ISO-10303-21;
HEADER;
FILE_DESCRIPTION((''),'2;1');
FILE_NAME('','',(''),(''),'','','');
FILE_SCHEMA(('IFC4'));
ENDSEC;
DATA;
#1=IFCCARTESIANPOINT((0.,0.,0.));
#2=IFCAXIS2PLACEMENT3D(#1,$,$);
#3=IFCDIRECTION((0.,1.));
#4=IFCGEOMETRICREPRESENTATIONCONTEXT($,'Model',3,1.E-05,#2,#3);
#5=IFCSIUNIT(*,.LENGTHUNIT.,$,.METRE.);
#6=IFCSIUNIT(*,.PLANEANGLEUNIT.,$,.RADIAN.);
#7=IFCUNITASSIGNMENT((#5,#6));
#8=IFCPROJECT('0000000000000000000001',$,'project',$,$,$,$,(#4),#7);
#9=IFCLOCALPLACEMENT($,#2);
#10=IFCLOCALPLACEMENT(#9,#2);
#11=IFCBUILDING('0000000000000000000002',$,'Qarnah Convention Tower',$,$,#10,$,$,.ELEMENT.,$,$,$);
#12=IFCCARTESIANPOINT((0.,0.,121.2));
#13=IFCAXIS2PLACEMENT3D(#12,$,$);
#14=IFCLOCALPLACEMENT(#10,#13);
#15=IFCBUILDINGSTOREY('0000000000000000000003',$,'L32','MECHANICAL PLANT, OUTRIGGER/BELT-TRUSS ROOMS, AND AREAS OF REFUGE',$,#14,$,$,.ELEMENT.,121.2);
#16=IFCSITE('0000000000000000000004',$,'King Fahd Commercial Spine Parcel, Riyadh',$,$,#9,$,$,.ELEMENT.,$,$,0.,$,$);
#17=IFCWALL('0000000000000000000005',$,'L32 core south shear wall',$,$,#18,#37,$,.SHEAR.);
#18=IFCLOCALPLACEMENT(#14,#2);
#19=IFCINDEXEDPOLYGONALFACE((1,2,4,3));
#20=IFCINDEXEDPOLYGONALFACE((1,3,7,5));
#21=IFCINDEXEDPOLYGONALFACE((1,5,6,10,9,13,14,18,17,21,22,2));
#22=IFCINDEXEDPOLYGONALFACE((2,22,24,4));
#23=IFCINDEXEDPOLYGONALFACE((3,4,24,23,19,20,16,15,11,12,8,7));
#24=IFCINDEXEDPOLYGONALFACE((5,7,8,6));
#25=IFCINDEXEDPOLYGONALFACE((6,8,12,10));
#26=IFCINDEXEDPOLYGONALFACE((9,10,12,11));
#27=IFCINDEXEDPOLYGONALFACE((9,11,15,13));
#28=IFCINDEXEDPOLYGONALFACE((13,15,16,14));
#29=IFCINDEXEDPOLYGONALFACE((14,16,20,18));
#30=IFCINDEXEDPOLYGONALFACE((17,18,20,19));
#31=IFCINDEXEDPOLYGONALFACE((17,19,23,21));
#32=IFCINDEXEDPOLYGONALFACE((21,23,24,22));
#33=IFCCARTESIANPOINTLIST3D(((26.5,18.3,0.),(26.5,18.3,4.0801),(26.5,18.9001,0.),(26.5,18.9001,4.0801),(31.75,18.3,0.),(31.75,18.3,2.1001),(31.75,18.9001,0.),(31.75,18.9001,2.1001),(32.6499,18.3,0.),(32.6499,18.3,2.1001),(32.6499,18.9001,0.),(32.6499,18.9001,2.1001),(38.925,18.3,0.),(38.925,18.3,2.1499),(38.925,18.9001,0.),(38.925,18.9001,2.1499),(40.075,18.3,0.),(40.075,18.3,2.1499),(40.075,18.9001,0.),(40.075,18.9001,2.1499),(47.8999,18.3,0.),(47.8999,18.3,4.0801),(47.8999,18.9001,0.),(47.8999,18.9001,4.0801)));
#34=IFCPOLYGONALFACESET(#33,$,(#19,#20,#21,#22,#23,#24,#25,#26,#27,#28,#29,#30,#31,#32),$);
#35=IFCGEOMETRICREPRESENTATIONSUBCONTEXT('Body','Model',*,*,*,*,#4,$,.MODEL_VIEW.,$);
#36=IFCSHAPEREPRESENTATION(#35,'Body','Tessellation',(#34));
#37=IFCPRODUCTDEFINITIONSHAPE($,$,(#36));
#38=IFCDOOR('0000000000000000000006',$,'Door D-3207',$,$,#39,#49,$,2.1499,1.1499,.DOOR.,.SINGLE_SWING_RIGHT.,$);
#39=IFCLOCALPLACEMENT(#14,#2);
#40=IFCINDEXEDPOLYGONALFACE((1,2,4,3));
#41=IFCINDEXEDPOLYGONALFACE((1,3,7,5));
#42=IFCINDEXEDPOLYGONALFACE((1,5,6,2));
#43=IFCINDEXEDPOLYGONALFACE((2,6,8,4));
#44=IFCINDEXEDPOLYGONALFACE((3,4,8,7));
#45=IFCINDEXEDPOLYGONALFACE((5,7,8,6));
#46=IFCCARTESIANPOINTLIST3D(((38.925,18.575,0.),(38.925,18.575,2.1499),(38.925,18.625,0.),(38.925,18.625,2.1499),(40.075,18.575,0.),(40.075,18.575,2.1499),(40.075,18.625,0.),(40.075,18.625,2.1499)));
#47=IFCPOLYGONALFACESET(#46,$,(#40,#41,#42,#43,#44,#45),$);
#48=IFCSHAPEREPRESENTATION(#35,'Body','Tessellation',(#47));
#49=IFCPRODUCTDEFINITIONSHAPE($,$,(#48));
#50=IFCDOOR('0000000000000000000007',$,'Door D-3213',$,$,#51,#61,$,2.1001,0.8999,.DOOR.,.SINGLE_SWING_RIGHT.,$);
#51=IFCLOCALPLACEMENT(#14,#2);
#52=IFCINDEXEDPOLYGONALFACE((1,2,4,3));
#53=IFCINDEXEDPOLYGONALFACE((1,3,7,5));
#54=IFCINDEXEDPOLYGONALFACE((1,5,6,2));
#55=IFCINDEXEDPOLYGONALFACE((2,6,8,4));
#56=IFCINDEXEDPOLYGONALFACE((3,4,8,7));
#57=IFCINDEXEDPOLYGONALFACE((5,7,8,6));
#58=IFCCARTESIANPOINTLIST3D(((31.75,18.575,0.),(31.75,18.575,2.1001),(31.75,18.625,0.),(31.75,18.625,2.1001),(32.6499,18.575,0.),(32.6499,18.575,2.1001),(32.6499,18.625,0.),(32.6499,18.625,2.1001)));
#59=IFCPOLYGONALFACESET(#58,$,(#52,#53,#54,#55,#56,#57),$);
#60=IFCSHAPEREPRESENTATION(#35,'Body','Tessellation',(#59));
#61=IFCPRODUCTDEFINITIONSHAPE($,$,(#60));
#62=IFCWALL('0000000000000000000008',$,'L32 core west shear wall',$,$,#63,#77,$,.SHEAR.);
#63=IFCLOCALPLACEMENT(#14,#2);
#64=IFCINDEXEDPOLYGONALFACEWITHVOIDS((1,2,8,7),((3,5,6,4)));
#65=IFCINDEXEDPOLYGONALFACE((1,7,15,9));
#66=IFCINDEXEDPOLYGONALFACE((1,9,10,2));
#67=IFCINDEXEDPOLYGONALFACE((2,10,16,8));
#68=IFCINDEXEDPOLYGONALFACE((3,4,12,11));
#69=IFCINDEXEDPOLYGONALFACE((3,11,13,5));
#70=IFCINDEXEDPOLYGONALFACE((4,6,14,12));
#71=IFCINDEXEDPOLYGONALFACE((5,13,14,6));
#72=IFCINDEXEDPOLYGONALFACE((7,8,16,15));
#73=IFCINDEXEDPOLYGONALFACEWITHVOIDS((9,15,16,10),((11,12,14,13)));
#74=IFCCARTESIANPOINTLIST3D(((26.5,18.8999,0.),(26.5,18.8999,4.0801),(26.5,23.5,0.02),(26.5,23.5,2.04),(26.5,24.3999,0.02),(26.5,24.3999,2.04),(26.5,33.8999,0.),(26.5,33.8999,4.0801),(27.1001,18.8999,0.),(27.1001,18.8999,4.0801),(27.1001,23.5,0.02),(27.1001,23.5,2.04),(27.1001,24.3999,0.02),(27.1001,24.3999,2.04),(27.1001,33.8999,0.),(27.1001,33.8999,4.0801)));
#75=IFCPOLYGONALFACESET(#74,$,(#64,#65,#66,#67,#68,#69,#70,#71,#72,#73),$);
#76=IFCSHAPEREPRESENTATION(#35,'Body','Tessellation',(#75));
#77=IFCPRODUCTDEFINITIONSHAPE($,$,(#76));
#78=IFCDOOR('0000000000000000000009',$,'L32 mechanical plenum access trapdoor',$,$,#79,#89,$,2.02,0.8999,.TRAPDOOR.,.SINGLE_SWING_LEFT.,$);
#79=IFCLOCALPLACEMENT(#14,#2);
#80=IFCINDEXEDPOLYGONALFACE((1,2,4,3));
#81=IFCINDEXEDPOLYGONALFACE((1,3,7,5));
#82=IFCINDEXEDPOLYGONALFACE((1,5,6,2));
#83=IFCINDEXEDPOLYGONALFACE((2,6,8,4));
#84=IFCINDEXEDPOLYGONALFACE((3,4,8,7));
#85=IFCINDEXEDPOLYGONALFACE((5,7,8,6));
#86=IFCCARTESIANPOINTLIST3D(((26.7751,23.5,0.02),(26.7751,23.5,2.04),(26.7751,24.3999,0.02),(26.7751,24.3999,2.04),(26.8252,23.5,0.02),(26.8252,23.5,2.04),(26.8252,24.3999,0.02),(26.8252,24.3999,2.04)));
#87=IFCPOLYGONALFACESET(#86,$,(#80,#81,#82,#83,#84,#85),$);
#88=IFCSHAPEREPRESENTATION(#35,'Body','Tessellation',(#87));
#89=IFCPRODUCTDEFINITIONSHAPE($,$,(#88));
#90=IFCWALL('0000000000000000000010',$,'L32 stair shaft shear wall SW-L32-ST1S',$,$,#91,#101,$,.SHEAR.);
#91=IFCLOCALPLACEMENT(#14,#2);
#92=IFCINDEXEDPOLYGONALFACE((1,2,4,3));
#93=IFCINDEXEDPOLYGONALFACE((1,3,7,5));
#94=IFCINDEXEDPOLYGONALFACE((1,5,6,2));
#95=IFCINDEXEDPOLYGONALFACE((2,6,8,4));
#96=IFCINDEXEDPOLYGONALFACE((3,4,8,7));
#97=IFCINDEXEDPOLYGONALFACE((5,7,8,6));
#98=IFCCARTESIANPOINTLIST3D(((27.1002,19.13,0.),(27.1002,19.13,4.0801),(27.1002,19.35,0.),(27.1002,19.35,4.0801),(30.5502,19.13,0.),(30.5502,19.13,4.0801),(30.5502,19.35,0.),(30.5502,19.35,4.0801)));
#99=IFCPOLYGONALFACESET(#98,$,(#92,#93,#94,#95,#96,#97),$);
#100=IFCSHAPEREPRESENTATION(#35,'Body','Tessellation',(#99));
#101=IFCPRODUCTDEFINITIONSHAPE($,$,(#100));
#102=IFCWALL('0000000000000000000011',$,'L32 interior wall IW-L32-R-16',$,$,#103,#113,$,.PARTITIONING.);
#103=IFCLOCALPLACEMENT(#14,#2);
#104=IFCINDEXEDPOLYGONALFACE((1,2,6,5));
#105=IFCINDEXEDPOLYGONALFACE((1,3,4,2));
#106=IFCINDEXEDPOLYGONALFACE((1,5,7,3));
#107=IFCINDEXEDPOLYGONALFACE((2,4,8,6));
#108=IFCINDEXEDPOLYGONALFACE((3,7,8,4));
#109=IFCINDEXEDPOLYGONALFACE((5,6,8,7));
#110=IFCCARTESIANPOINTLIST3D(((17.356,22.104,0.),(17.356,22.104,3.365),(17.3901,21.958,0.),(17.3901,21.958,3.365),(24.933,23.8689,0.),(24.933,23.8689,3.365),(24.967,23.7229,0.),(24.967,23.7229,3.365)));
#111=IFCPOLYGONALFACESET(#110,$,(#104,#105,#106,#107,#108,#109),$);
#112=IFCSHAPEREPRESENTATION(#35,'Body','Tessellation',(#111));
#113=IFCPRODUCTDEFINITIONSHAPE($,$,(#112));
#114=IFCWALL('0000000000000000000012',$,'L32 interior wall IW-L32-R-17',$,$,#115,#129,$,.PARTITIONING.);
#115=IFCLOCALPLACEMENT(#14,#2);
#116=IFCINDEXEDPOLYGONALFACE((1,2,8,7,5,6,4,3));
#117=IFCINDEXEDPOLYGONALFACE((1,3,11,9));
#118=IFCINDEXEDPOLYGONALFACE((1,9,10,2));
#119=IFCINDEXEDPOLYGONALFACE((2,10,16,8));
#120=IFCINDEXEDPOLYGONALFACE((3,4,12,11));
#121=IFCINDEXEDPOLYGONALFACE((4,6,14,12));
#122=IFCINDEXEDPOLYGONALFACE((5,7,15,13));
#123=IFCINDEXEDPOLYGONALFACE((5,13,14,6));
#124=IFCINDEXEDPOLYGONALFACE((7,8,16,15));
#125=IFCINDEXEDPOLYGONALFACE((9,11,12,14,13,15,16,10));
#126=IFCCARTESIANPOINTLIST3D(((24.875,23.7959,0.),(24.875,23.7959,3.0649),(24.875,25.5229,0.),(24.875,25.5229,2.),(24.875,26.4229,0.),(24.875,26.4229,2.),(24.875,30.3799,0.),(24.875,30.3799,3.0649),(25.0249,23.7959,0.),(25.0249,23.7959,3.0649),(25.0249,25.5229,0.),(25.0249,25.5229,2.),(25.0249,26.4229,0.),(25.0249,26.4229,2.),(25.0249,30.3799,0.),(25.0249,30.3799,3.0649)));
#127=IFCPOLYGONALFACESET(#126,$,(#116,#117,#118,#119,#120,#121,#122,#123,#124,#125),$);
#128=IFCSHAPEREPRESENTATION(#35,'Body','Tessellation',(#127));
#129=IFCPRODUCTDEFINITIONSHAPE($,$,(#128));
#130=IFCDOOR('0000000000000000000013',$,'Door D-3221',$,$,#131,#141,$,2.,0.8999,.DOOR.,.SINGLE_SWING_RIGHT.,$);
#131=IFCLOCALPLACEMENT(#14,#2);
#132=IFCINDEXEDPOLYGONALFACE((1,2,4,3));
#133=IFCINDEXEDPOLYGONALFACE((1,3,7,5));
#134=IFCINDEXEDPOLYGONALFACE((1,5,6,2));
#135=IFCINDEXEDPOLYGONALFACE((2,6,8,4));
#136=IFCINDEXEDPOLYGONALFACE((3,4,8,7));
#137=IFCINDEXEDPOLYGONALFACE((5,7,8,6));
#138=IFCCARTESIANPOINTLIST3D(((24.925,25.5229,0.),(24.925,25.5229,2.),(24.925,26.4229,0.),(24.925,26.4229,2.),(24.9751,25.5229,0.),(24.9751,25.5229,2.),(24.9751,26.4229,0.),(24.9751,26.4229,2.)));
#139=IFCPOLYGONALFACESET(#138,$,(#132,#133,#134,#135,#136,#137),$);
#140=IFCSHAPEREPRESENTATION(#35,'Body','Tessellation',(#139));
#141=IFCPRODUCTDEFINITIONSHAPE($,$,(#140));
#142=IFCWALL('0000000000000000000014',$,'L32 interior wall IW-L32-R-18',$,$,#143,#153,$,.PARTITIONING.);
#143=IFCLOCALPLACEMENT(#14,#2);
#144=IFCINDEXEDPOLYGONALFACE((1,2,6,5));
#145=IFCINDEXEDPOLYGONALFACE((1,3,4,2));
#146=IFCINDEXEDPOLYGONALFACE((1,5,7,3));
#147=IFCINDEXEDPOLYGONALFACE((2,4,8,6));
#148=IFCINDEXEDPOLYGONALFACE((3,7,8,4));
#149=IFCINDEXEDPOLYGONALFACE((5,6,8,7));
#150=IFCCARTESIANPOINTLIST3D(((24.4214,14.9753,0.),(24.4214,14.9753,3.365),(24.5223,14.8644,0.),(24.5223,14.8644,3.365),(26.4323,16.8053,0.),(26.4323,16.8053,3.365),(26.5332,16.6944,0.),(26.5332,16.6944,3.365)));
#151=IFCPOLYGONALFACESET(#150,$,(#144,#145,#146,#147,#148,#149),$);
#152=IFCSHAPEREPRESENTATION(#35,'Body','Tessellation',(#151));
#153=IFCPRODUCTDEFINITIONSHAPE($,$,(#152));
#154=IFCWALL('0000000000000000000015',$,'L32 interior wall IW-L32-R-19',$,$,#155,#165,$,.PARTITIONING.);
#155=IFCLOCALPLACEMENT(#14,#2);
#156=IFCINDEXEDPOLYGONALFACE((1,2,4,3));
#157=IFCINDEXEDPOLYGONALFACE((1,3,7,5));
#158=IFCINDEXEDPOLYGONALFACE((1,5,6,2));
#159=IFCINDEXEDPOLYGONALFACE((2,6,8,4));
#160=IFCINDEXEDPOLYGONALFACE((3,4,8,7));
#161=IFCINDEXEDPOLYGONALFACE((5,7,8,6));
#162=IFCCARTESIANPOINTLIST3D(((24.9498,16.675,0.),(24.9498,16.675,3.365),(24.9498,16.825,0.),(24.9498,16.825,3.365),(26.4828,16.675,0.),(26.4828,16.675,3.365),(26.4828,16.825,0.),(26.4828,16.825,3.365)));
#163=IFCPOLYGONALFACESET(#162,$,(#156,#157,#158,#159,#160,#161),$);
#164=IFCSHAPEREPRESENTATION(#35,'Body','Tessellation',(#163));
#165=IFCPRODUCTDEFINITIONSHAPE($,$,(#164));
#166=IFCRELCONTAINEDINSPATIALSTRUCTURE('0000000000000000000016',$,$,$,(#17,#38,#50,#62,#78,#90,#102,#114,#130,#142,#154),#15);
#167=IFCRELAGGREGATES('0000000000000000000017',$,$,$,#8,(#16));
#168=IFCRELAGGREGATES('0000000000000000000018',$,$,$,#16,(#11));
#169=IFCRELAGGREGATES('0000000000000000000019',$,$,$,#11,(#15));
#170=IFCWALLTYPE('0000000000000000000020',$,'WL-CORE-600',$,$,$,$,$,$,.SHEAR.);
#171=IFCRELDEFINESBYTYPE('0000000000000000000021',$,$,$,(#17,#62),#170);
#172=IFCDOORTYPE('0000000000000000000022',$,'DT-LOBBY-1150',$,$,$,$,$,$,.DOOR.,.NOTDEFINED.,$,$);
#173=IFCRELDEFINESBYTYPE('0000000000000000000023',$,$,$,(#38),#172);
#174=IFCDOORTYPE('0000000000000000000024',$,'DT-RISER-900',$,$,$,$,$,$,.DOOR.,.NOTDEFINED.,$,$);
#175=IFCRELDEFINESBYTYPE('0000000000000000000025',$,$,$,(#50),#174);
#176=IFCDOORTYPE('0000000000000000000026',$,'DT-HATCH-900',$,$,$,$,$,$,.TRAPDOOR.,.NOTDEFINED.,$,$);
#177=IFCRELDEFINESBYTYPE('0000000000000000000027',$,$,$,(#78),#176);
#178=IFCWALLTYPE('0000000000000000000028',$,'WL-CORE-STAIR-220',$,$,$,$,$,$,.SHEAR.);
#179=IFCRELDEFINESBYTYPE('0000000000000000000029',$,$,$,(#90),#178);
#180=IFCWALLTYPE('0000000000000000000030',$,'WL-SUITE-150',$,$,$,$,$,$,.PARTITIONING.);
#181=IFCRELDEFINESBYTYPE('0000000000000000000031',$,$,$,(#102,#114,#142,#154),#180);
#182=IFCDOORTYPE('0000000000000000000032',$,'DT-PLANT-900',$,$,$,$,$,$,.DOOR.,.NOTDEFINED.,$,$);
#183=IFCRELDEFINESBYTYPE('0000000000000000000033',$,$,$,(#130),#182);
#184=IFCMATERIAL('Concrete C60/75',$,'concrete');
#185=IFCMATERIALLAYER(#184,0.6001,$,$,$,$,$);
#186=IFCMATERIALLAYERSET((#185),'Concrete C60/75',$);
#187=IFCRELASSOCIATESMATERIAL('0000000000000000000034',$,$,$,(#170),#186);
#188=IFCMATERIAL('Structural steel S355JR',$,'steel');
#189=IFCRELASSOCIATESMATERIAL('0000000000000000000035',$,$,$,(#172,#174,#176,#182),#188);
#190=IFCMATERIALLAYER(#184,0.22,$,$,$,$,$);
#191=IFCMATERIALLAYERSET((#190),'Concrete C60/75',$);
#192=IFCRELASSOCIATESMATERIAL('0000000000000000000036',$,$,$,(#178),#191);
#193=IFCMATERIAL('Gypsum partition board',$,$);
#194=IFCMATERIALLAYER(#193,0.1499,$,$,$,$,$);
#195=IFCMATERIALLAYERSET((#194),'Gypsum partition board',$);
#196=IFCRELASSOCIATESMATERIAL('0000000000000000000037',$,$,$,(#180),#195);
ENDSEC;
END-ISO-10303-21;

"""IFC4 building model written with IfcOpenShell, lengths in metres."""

from ifc_helpers import new_model, si_unit, direction, frame, frame_2d, origin, place, context, subcontext, project, spatial, rectangle, extrude, material, layer, layer_set, type_object, element, fill, save


model = new_model("IFC4")

# Units and contexts
model_context = context("Model", 3, precision=1e-05, world=origin(), true_north=direction((0.0, 1.0)))
body_context = subcontext(model_context, "Body", "Model", "MODEL_VIEW")
ifc_project = project(units=[si_unit("LENGTHUNIT", "METRE"), si_unit("PLANEANGLEUNIT", "RADIAN")], contexts=[model_context])

# Site, building, storey
site_placement = place(None, origin())
site = spatial("IfcSite", under=ifc_project, at=site_placement, Name="King Fahd Commercial Spine Parcel, Riyadh", CompositionType="ELEMENT", RefElevation=0.0)
building_placement = place(site_placement, origin())
building = spatial("IfcBuilding", under=site, at=building_placement, Name="Qarnah Convention Tower", CompositionType="ELEMENT")
storey_placement = place(building_placement, frame((0.0, 0.0, 121.2)))
storey = spatial("IfcBuildingStorey", under=building, at=storey_placement, Name="L32", Description="MECHANICAL PLANT, OUTRIGGER/BELT-TRUSS ROOMS, AND AREAS OF REFUGE", CompositionType="ELEMENT", Elevation=121.2)

# Shared definitions
ifc_material_1 = material(Name="Concrete C60/75", Category="concrete")

# Shared definitions
ifc_material_2 = material(Name="Structural steel S355JR", Category="steel")

# Wall, openings, doors
ifc_layer_1 = layer(ifc_material_1, 0.6001)
ifc_layer_set_1 = layer_set([ifc_layer_1], Name="Concrete C60/75")
wall_type_1 = type_object("IfcWallType", Name="WL-CORE-600", PredefinedType="SHEAR", material=ifc_layer_set_1)
wall_1_placement = place(storey_placement, frame((26.5, 18.6001, 0.0), z_axis=(0.0, 0.0, 1.0), x_axis=(1.0, 0.0, 0.0)))
wall_1 = element("IfcWall", 1, at=wall_1_placement, inside=storey, type_object=wall_type_1, Name="L32 core south shear wall", PredefinedType="SHEAR", context=body_context, shape_type="SweptSolid", body=[
    extrude(rectangle(XDim=21.3999, YDim=0.6001, at=frame_2d((10.7, 0.0))), origin(), (0.0, 0.0, 1.0), 4.0801),
])
opening_1_placement = place(wall_1_placement, frame((12.425, 0.0, 0.0)))
opening_1 = element("IfcOpeningElement", 2, at=opening_1_placement, cuts=wall_1, PredefinedType="OPENING", context=body_context, shape_type="SweptSolid", body=[
    extrude(rectangle(XDim=1.1499, YDim=2.1499, at=frame_2d((0.575, 1.075))), frame((0.0, 0.3101, 0.0), z_axis=(0.0, -1.0, 0.0), x_axis=(1.0, 0.0, 0.0)), (0.0, 0.0, 1.0), 0.6201),
])
opening_2_placement = place(wall_1_placement, frame((5.25, 0.0, 0.0)))
opening_2 = element("IfcOpeningElement", 3, at=opening_2_placement, cuts=wall_1, PredefinedType="OPENING", context=body_context, shape_type="SweptSolid", body=[
    extrude(rectangle(XDim=0.8999, YDim=2.1001, at=frame_2d((0.45, 1.05))), frame((0.0, 0.3101, 0.0), z_axis=(0.0, -1.0, 0.0), x_axis=(1.0, 0.0, 0.0)), (0.0, 0.0, 1.0), 0.6201),
])
door_type_1 = type_object("IfcDoorType", Name="DT-LOBBY-1150", OperationType="NOTDEFINED", PredefinedType="DOOR", material=ifc_material_2)
door_1_placement = place(opening_1_placement, origin())
door_1 = element("IfcDoor", 4, at=door_1_placement, inside=storey, type_object=door_type_1, Name="Door D-3207", OperationType="SINGLE_SWING_RIGHT", OverallHeight=2.1499, OverallWidth=1.1499, PredefinedType="DOOR", context=body_context, shape_type="SweptSolid", body=[
    extrude(rectangle(XDim=1.1499, YDim=2.1499, at=frame_2d((0.575, 1.075))), frame((0.0, 0.0249, 0.0), z_axis=(0.0, -1.0, 0.0), x_axis=(1.0, 0.0, 0.0)), (0.0, 0.0, 1.0), 0.05),
])
fill(opening_1, door_1)
door_type_2 = type_object("IfcDoorType", Name="DT-RISER-900", OperationType="NOTDEFINED", PredefinedType="DOOR", material=ifc_material_2)
door_2_placement = place(opening_2_placement, origin())
door_2 = element("IfcDoor", 5, at=door_2_placement, inside=storey, type_object=door_type_2, Name="Door D-3213", OperationType="SINGLE_SWING_RIGHT", OverallHeight=2.1001, OverallWidth=0.8999, PredefinedType="DOOR", context=body_context, shape_type="SweptSolid", body=[
    extrude(rectangle(XDim=0.8999, YDim=2.1001, at=frame_2d((0.45, 1.05))), frame((0.0, 0.0249, 0.0), z_axis=(0.0, -1.0, 0.0), x_axis=(1.0, 0.0, 0.0)), (0.0, 0.0, 1.0), 0.05),
])
fill(opening_2, door_2)

# Wall, opening, door
wall_2_placement = place(storey_placement, frame((26.8, 18.8999, 0.0), z_axis=(0.0, 0.0, 1.0), x_axis=(0.0, 1.0, 0.0)))
wall_2 = element("IfcWall", 6, at=wall_2_placement, inside=storey, type_object=wall_type_1, Name="L32 core west shear wall", PredefinedType="SHEAR", context=body_context, shape_type="SweptSolid", body=[
    extrude(rectangle(XDim=15.0, YDim=0.6001, at=frame_2d((7.5, 0.0))), origin(), (0.0, 0.0, 1.0), 4.0801),
])
opening_3_placement = place(wall_2_placement, frame((4.6001, 0.0, 0.02)))
opening_3 = element("IfcOpeningElement", 7, at=opening_3_placement, cuts=wall_2, PredefinedType="OPENING", context=body_context, shape_type="SweptSolid", body=[
    extrude(rectangle(XDim=0.8999, YDim=2.02, at=frame_2d((0.45, 1.01))), frame((0.0, 0.3101, 0.0), z_axis=(0.0, -1.0, 0.0), x_axis=(1.0, 0.0, 0.0)), (0.0, 0.0, 1.0), 0.6201),
])
door_type_3 = type_object("IfcDoorType", Name="DT-HATCH-900", OperationType="NOTDEFINED", PredefinedType="TRAPDOOR", material=ifc_material_2)
door_3_placement = place(opening_3_placement, origin())
door_3 = element("IfcDoor", 8, at=door_3_placement, inside=storey, type_object=door_type_3, Name="L32 mechanical plenum access trapdoor", OperationType="SINGLE_SWING_LEFT", OverallHeight=2.02, OverallWidth=0.8999, PredefinedType="TRAPDOOR", context=body_context, shape_type="SweptSolid", body=[
    extrude(rectangle(XDim=0.8999, YDim=2.02, at=frame_2d((0.45, 1.01))), frame((0.0, 0.0249, 0.0), z_axis=(0.0, -1.0, 0.0), x_axis=(1.0, 0.0, 0.0)), (0.0, 0.0, 1.0), 0.05),
])
fill(opening_3, door_3)

# Walls
ifc_layer_2 = layer(ifc_material_1, 0.22)
ifc_layer_set_2 = layer_set([ifc_layer_2], Name="Concrete C60/75")
wall_type_2 = type_object("IfcWallType", Name="WL-CORE-STAIR-220", PredefinedType="SHEAR", material=ifc_layer_set_2)
wall_3_placement = place(storey_placement, frame((27.1001, 19.24, 0.0), z_axis=(0.0, 0.0, 1.0), x_axis=(1.0, 0.0, 0.0)))
element("IfcWall", 9, at=wall_3_placement, inside=storey, type_object=wall_type_2, Name="L32 stair shaft shear wall SW-L32-ST1S", PredefinedType="SHEAR", context=body_context, shape_type="SweptSolid", body=[
    extrude(rectangle(XDim=3.45, YDim=0.22, at=frame_2d((1.7251, 0.0))), origin(), (0.0, 0.0, 1.0), 4.0801),
])
ifc_material_3 = material(Name="Gypsum partition board")
ifc_layer_3 = layer(ifc_material_3, 0.1499)
ifc_layer_set_3 = layer_set([ifc_layer_3], Name="Gypsum partition board")
wall_type_3 = type_object("IfcWallType", Name="WL-SUITE-150", PredefinedType="PARTITIONING", material=ifc_layer_set_3)
wall_4_placement = place(storey_placement, frame((17.373, 22.031, 0.0), z_axis=(0.0, 0.0, 1.0), x_axis=(0.973928, 0.226858, 0.0)))
element("IfcWall", 10, at=wall_4_placement, inside=storey, type_object=wall_type_3, Name="L32 interior wall IW-L32-R-16", PredefinedType="PARTITIONING", context=body_context, shape_type="SweptSolid", body=[
    extrude(rectangle(XDim=7.7798, YDim=0.1499, at=frame_2d((3.8899, 0.0))), origin(), (0.0, 0.0, 1.0), 3.365),
])

# Wall, opening, door
wall_5_placement = place(storey_placement, frame((24.95, 23.7959, 0.0), z_axis=(0.0, 0.0, 1.0), x_axis=(0.0, 1.0, 0.0)))
wall_5 = element("IfcWall", 11, at=wall_5_placement, inside=storey, type_object=wall_type_3, Name="L32 interior wall IW-L32-R-17", PredefinedType="PARTITIONING", context=body_context, shape_type="SweptSolid", body=[
    extrude(rectangle(XDim=6.584, YDim=0.1499, at=frame_2d((3.292, 0.0))), origin(), (0.0, 0.0, 1.0), 3.0649),
])
opening_4_placement = place(wall_5_placement, frame((1.7271, 0.0, 0.0)))
opening_4 = element("IfcOpeningElement", 12, at=opening_4_placement, cuts=wall_5, PredefinedType="OPENING", context=body_context, shape_type="SweptSolid", body=[
    extrude(rectangle(XDim=0.8999, YDim=2.0, at=frame_2d((0.45, 1.0))), frame((0.0, 0.085, 0.0), z_axis=(0.0, -1.0, 0.0), x_axis=(1.0, 0.0, 0.0)), (0.0, 0.0, 1.0), 0.1699),
])
door_type_4 = type_object("IfcDoorType", Name="DT-PLANT-900", OperationType="NOTDEFINED", PredefinedType="DOOR", material=ifc_material_2)
door_4_placement = place(opening_4_placement, origin())
door_4 = element("IfcDoor", 13, at=door_4_placement, inside=storey, type_object=door_type_4, Name="Door D-3221", OperationType="SINGLE_SWING_RIGHT", OverallHeight=2.0, OverallWidth=0.8999, PredefinedType="DOOR", context=body_context, shape_type="SweptSolid", body=[
    extrude(rectangle(XDim=0.8999, YDim=2.0, at=frame_2d((0.45, 1.0))), frame((0.0, 0.0249, 0.0), z_axis=(0.0, -1.0, 0.0), x_axis=(1.0, 0.0, 0.0)), (0.0, 0.0, 1.0), 0.05),
])
fill(opening_4, door_4)

# Walls
wall_6_placement = place(storey_placement, frame((24.4719, 14.9199, 0.0), z_axis=(0.0, 0.0, 1.0), x_axis=(0.739591, 0.673057, 0.0)))
element("IfcWall", 14, at=wall_6_placement, inside=storey, type_object=wall_type_3, Name="L32 interior wall IW-L32-R-18", PredefinedType="PARTITIONING", context=body_context, shape_type="SweptSolid", body=[
    extrude(rectangle(XDim=2.719, YDim=0.1499, at=frame_2d((1.3594, 0.0))), origin(), (0.0, 0.0, 1.0), 3.365),
])
wall_7_placement = place(storey_placement, frame((26.4829, 16.75, 0.0), z_axis=(0.0, 0.0, 1.0), x_axis=(-1.0, 0.0, 0.0)))
element("IfcWall", 15, at=wall_7_placement, inside=storey, type_object=wall_type_3, Name="L32 interior wall IW-L32-R-19", PredefinedType="PARTITIONING", context=body_context, shape_type="SweptSolid", body=[
    extrude(rectangle(XDim=1.533, YDim=0.1499, at=frame_2d((0.7666, 0.0))), origin(), (0.0, 0.0, 1.0), 3.365),
])

save(model, "model.ifc")
